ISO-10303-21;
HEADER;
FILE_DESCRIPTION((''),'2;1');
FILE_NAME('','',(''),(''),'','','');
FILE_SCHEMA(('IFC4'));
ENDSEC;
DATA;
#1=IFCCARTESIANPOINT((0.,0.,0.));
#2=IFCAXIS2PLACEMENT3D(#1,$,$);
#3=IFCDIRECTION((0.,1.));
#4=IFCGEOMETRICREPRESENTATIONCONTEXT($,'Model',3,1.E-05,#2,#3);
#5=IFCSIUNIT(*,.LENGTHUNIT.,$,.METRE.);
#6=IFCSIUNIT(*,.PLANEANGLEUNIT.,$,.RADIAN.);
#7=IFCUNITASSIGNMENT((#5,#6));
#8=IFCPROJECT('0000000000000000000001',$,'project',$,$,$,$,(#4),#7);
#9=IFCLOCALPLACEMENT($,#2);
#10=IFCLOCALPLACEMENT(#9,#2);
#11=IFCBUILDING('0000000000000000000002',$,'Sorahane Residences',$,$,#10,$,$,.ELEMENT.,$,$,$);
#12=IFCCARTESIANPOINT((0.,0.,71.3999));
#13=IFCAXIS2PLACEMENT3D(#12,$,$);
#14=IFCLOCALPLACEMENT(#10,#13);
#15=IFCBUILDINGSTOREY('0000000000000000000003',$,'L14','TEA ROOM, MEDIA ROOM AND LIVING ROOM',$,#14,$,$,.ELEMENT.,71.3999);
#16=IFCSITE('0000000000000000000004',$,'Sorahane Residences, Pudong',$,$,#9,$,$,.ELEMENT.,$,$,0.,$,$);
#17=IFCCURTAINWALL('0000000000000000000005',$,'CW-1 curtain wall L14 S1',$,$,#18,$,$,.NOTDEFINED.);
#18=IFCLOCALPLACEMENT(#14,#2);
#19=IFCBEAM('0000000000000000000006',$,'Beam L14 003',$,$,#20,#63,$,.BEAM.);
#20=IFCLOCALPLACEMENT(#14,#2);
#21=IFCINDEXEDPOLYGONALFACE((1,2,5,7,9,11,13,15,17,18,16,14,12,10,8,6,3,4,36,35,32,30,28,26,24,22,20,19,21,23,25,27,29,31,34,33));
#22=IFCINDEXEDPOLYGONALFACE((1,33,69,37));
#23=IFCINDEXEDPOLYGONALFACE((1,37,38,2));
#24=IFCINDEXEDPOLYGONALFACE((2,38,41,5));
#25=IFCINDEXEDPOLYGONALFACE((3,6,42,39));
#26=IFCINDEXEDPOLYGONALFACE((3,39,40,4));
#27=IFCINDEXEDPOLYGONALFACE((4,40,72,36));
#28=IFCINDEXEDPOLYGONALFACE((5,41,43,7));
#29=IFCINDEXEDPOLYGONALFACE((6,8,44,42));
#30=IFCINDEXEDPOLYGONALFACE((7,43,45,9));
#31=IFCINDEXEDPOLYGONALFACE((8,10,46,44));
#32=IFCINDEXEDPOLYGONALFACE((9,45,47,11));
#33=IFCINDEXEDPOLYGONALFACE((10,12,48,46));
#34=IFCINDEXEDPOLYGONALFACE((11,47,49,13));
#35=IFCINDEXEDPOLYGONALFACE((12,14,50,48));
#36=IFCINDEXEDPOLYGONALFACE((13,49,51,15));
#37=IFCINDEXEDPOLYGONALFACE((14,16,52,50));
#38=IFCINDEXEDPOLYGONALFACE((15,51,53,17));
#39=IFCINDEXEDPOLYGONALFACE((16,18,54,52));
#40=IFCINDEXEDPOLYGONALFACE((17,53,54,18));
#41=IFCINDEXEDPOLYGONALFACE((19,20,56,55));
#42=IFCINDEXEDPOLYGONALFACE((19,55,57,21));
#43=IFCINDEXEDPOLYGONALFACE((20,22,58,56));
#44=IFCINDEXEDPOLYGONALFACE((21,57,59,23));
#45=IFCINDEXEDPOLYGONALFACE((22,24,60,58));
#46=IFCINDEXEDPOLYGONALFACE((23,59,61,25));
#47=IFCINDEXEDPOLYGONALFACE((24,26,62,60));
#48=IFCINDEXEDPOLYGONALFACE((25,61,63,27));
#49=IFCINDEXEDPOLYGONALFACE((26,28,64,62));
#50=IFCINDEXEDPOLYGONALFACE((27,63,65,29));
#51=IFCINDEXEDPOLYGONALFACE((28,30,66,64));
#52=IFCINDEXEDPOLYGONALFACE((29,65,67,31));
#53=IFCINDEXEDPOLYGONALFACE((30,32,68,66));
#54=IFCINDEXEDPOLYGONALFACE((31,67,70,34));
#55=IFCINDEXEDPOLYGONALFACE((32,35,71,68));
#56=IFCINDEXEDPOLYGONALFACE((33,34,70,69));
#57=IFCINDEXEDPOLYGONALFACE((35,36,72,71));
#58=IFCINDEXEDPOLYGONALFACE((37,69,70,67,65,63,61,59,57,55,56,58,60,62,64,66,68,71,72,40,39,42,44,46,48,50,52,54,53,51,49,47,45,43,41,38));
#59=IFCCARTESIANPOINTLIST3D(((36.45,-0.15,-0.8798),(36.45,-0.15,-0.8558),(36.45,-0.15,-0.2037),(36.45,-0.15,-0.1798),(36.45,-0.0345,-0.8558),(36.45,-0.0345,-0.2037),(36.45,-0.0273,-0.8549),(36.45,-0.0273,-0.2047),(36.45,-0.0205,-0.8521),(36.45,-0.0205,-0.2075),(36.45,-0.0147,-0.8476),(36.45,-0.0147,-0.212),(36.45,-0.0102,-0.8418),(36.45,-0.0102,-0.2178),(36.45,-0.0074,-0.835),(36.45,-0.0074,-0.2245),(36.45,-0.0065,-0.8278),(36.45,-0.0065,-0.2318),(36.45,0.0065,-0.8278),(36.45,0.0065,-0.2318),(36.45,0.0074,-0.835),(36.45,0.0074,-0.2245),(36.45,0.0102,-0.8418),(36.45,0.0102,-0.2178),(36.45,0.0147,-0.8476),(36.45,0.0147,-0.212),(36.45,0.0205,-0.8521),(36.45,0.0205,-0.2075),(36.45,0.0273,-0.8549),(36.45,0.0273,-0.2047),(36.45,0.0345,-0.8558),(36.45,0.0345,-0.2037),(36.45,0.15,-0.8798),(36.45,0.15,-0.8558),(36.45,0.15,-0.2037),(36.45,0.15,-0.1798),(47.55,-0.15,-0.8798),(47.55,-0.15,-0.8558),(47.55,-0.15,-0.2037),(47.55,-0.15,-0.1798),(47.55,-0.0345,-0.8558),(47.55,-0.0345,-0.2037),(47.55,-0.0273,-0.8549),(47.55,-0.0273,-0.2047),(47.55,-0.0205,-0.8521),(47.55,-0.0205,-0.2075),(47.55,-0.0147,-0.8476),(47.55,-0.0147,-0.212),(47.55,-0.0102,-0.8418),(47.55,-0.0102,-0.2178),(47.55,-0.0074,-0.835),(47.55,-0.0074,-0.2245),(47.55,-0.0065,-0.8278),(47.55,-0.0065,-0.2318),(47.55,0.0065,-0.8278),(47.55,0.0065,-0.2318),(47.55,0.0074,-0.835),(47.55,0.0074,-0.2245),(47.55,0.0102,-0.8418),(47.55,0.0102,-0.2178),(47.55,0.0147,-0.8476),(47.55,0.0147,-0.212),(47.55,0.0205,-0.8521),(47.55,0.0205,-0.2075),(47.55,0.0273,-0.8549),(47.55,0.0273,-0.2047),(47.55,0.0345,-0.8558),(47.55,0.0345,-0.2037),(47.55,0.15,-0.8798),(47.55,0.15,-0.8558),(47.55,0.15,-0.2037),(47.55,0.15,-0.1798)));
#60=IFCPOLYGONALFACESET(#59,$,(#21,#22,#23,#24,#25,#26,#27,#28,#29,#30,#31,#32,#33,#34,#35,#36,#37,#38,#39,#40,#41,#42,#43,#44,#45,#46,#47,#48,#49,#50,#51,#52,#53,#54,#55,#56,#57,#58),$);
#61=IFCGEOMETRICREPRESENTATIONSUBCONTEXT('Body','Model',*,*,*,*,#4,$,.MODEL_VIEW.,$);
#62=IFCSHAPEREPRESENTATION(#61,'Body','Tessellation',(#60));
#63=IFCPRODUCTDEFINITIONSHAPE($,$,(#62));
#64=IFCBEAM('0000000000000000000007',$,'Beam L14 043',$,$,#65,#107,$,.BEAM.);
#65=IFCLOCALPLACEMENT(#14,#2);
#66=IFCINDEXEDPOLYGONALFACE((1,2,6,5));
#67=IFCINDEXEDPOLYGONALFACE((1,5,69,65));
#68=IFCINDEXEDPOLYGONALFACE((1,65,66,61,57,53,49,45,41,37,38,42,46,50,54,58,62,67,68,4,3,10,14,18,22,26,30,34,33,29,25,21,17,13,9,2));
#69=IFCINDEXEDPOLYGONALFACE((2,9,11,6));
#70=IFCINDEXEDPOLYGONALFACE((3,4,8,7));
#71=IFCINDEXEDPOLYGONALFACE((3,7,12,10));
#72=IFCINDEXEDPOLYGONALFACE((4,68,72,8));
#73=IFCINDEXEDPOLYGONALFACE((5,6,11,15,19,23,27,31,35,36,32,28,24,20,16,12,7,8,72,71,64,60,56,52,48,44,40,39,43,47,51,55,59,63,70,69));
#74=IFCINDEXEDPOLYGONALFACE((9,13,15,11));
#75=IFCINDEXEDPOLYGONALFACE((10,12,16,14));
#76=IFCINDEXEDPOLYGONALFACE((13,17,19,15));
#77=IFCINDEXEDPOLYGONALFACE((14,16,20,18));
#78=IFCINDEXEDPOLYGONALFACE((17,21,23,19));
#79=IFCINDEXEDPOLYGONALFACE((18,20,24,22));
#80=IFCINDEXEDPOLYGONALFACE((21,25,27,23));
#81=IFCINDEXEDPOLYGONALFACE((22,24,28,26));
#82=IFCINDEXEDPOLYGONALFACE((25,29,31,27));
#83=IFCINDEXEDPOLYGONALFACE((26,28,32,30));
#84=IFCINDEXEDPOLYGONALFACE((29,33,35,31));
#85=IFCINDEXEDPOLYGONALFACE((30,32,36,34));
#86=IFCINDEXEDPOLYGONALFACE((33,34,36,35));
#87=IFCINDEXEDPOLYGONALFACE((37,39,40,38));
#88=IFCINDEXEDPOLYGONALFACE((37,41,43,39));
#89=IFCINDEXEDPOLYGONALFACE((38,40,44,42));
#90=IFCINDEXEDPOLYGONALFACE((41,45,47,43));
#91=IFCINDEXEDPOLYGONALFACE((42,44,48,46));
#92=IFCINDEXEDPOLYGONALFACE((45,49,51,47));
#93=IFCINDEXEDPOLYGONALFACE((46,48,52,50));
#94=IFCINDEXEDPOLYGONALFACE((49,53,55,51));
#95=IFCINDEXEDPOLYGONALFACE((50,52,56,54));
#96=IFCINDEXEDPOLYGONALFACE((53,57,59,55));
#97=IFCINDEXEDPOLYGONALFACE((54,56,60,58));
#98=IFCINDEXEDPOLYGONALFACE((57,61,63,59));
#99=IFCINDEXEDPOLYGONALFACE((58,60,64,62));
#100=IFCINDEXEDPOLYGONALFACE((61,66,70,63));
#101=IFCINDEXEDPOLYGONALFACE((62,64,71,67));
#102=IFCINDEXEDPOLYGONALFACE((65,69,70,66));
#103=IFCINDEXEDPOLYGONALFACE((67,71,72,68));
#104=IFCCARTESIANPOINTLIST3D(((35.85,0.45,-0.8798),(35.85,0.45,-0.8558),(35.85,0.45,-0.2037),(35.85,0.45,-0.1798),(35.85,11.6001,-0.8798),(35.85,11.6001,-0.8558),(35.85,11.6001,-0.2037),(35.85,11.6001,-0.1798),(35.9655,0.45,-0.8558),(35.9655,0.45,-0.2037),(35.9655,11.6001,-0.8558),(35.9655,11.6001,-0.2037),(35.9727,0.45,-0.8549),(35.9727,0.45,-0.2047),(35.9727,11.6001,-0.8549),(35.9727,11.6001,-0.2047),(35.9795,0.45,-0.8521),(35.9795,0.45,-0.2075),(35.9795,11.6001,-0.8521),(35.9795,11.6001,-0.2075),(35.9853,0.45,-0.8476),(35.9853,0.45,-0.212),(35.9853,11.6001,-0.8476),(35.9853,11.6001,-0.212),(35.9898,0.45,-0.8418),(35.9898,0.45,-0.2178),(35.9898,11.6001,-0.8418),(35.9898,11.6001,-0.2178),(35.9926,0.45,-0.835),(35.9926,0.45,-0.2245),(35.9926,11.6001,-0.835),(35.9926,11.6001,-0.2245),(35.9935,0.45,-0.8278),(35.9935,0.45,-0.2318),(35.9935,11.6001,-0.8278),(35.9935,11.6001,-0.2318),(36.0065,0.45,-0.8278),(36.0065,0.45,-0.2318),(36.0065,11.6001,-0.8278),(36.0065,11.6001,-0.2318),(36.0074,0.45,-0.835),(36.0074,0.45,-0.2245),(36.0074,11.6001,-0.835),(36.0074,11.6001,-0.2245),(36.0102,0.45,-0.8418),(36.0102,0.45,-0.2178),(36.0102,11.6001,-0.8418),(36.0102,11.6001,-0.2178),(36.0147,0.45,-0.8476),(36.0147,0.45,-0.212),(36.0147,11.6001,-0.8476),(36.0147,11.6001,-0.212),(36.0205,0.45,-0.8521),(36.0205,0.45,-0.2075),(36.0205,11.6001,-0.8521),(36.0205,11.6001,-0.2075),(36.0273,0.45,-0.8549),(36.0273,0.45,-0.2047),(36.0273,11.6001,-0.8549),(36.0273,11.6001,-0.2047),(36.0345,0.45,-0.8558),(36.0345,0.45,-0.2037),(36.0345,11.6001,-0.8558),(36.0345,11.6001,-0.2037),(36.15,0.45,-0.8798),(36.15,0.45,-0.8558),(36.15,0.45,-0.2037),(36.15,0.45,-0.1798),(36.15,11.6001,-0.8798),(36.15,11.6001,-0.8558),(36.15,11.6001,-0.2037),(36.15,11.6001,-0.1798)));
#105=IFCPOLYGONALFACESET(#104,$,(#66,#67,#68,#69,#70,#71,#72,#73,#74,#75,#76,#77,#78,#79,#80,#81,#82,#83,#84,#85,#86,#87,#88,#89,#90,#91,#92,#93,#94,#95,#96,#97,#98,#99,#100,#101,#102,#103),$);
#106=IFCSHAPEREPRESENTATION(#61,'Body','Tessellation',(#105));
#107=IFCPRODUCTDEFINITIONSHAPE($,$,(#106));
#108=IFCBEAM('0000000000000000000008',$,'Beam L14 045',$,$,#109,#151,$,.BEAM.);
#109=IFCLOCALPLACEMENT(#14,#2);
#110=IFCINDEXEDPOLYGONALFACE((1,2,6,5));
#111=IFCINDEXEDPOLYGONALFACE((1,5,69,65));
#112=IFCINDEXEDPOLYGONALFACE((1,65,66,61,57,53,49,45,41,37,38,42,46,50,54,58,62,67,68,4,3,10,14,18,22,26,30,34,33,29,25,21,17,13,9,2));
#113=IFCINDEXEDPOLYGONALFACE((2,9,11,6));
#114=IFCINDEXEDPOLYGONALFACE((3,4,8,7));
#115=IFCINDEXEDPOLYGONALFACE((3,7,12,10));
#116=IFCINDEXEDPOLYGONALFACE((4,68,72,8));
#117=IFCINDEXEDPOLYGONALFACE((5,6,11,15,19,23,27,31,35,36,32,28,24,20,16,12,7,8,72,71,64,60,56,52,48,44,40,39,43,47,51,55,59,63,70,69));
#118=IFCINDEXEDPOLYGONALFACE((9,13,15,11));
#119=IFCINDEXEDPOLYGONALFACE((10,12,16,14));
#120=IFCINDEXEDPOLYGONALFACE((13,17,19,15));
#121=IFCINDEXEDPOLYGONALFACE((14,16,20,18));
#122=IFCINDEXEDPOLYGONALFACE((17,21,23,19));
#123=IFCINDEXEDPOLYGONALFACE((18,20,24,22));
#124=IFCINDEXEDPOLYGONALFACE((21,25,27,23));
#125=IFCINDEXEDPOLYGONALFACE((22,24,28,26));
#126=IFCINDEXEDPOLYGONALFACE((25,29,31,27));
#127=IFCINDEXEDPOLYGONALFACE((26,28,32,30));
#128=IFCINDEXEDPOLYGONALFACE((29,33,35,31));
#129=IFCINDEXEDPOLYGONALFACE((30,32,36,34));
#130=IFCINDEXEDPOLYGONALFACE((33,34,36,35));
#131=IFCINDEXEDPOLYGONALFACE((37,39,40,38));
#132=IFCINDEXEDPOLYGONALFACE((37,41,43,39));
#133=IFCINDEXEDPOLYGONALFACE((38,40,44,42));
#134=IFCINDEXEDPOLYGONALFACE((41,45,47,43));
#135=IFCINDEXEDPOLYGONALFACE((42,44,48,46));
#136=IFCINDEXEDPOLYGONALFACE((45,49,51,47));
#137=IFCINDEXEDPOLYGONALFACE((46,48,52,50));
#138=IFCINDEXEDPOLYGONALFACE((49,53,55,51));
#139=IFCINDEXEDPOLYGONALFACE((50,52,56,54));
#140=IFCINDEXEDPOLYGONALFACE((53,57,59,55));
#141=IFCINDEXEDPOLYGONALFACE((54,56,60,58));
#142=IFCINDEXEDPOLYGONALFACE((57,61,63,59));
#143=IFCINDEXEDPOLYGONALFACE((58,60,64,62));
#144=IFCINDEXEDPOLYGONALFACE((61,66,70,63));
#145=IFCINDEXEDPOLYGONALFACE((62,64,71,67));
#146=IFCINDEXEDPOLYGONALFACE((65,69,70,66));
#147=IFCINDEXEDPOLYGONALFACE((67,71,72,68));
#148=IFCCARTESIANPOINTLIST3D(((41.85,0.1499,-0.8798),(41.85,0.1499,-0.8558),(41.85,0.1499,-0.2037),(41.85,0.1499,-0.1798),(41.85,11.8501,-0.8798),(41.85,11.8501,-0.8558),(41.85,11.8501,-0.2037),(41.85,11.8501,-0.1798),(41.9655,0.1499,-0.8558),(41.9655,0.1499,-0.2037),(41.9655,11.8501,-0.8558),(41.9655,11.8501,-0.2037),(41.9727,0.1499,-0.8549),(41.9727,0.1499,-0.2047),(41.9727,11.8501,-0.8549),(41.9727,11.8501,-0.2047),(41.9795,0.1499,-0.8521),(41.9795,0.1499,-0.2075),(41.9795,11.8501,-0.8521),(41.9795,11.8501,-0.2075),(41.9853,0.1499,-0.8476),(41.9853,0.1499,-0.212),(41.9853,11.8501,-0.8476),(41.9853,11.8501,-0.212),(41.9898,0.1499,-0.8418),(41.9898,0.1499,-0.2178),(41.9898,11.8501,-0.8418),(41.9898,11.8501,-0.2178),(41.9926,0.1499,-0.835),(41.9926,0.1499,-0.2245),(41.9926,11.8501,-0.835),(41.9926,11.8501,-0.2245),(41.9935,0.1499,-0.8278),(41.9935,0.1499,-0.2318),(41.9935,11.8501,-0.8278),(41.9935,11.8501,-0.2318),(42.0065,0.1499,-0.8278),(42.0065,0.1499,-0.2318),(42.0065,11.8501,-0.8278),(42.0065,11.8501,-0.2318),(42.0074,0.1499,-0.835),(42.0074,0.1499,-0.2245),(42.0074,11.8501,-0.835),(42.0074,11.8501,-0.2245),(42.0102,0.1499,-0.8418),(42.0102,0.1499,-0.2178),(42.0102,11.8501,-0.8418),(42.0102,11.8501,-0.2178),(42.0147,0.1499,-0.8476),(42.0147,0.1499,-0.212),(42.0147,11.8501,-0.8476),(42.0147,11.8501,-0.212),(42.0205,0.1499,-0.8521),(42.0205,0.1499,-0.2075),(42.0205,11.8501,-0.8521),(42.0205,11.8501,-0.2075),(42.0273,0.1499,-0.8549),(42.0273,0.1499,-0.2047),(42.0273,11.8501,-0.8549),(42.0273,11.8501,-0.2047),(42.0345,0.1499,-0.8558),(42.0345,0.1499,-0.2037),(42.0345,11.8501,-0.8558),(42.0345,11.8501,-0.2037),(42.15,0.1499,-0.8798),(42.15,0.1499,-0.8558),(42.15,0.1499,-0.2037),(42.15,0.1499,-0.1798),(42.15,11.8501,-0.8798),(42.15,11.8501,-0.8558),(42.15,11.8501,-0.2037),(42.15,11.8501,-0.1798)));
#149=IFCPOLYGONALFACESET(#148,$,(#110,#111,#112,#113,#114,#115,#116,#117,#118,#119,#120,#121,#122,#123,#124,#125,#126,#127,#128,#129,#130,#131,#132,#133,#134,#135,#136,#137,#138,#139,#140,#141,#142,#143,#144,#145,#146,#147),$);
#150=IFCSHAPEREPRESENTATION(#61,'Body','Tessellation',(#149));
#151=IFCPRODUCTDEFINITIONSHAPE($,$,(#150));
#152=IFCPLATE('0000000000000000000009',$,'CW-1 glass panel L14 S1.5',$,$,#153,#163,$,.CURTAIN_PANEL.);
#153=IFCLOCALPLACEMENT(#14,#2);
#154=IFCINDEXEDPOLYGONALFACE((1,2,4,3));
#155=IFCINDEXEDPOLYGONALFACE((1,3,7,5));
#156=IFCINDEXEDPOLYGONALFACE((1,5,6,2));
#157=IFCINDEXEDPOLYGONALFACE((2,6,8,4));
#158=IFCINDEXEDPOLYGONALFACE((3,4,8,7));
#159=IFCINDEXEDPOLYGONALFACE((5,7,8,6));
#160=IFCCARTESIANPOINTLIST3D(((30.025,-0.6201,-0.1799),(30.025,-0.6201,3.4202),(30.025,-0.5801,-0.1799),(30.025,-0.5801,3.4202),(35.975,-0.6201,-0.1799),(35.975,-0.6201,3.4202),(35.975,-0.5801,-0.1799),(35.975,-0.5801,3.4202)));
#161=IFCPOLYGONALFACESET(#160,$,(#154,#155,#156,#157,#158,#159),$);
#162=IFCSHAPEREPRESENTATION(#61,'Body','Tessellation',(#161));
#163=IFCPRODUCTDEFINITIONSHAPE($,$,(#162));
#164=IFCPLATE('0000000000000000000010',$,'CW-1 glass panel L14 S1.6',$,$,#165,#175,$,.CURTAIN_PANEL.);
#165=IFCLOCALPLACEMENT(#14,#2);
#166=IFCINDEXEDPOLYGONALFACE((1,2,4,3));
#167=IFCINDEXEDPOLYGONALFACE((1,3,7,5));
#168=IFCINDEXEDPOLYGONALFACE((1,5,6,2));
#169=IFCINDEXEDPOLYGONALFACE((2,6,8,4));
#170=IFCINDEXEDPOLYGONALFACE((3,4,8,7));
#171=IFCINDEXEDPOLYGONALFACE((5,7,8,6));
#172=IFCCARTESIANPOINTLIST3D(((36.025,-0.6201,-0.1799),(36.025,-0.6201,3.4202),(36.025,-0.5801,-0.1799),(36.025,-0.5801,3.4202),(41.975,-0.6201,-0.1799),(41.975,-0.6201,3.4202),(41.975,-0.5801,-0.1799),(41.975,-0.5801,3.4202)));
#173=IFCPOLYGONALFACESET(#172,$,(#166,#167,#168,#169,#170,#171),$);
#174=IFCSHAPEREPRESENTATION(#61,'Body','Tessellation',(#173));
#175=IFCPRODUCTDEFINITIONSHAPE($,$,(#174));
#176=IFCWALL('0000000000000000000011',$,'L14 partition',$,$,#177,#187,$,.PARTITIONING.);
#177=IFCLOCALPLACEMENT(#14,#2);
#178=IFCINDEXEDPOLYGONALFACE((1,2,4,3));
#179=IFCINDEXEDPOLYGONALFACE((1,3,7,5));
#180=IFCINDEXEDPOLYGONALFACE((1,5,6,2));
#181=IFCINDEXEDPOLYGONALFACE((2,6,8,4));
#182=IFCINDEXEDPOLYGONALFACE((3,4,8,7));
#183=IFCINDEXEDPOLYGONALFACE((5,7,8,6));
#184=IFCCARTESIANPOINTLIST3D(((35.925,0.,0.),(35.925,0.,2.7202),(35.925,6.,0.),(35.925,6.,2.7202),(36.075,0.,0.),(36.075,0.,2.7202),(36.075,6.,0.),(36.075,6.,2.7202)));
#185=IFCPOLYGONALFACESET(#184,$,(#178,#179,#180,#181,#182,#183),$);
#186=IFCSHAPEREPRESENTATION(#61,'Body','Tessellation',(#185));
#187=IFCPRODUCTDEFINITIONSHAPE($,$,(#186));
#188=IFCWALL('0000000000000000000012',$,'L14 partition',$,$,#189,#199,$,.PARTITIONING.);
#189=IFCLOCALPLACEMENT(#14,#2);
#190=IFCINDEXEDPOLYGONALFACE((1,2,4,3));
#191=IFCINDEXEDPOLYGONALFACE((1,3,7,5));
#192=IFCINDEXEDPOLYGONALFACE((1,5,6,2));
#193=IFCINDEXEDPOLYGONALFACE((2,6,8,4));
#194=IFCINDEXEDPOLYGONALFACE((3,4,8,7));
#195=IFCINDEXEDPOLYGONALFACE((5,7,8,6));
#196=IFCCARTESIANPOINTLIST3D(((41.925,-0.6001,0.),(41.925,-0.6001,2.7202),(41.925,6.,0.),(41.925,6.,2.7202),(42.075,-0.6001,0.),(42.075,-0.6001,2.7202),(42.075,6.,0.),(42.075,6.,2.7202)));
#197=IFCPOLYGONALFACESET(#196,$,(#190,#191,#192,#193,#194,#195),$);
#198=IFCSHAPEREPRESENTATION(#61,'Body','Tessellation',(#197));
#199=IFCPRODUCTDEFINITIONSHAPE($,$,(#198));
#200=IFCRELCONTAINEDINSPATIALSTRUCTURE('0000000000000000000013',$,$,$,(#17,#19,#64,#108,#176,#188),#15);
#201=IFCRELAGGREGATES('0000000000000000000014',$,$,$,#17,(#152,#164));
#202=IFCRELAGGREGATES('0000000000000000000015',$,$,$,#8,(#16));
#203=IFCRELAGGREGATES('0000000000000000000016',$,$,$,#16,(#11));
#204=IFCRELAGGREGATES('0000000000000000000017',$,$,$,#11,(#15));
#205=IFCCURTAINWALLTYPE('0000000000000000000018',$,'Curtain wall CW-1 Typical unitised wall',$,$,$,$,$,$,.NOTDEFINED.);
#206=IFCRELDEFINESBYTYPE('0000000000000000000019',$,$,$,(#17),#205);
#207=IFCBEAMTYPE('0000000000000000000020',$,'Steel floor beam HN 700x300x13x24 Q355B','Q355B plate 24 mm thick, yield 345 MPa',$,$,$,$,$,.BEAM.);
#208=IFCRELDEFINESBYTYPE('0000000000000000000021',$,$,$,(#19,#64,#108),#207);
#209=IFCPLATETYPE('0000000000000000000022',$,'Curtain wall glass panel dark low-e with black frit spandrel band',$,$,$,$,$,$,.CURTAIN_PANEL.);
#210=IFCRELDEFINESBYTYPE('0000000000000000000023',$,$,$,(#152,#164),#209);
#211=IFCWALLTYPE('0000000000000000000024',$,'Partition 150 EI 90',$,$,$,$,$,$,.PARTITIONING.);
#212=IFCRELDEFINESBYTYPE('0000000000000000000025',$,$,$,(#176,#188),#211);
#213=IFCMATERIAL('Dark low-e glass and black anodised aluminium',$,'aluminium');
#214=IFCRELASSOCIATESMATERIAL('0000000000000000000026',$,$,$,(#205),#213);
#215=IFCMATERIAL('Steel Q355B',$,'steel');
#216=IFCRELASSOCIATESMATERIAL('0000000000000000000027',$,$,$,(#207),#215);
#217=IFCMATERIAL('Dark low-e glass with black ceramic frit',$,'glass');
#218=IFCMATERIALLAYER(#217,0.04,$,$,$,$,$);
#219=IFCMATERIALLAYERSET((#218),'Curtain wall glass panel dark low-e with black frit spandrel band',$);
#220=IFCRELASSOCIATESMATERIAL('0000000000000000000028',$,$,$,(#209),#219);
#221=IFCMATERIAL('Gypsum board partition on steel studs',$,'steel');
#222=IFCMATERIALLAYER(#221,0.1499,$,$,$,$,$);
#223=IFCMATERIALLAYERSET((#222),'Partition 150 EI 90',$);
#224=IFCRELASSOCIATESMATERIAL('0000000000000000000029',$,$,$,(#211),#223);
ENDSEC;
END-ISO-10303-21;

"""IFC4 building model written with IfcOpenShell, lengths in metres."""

from ifc_helpers import new_model, si_unit, direction, frame, frame_2d, origin, origin_2d, place, context, subcontext, project, spatial, rectangle, i_section, extrude, material, layer, layer_set, material_profile, profile_set, type_object, element, aggregate, save


model = new_model("IFC4")

# Units and contexts
model_context = context("Model", 3, precision=1e-05, world=origin(), true_north=direction((0.0, 1.0)))
body_context = subcontext(model_context, "Body", "Model", "MODEL_VIEW")
ifc_project = project(units=[si_unit("LENGTHUNIT", "METRE"), si_unit("PLANEANGLEUNIT", "RADIAN")], contexts=[model_context])

# Site, building, storey
site_placement = place(None, origin())
site = spatial("IfcSite", under=ifc_project, at=site_placement, Name="Sorahane Residences, Pudong", CompositionType="ELEMENT", RefElevation=0.0)
building_placement = place(site_placement, origin())
building = spatial("IfcBuilding", under=site, at=building_placement, Name="Sorahane Residences", CompositionType="ELEMENT")
storey_placement = place(building_placement, frame((0.0, 0.0, 71.3999)))
storey = spatial("IfcBuildingStorey", under=building, at=storey_placement, Name="L14", Description="TEA ROOM, MEDIA ROOM AND LIVING ROOM", CompositionType="ELEMENT", Elevation=71.3999)

# Curtain wall
ifc_material_1 = material(Name="Dark low-e glass and black anodised aluminium", Category="aluminium")
curtain_wall_type = type_object("IfcCurtainWallType", Name="Curtain wall CW-1 Typical unitised wall", PredefinedType="NOTDEFINED", material=ifc_material_1)
curtain_wall_placement = place(storey_placement, origin())
curtain_wall = element("IfcCurtainWall", 1, at=curtain_wall_placement, inside=storey, type_object=curtain_wall_type, Name="CW-1 curtain wall L14 S1", PredefinedType="NOTDEFINED")

# Beams
ifc_material_2 = material(Name="Steel Q355B", Category="steel")
ifc_material_profile_1 = material_profile(ifc_material_2, i_section(OverallWidth=0.3, OverallDepth=0.7, WebThickness=0.0129, FlangeThickness=0.0239, FilletRadius=0.0281, at=origin_2d()), Name="HN 700x300x13x24")
ifc_profile_set_1 = profile_set([ifc_material_profile_1], Name="Steel Q355B")
beam_type_1 = type_object("IfcBeamType", Name="Steel floor beam HN 700x300x13x24 Q355B", Description="Q355B plate 24 mm thick, yield 345 MPa", PredefinedType="BEAM", material=ifc_profile_set_1)
beam_1_placement = place(storey_placement, frame((36.45, 0.0, -0.5298), z_axis=(1.0, 0.0, 0.0), x_axis=(0.0, 1.0, 0.0)))
element("IfcBeam", 2, at=beam_1_placement, inside=storey, type_object=beam_type_1, Name="Beam L14 003", PredefinedType="BEAM", context=body_context, shape_type="SweptSolid", body=[
    extrude(i_section(OverallWidth=0.3, OverallDepth=0.7, WebThickness=0.0129, FlangeThickness=0.0239, FilletRadius=0.0281, at=origin_2d()), origin(), (0.0, 0.0, 1.0), 11.1001),
])
beam_2_placement = place(storey_placement, frame((36.0, 0.45, -0.5298), z_axis=(0.0, 1.0, 0.0), x_axis=(-1.0, 0.0, 0.0)))
element("IfcBeam", 3, at=beam_2_placement, inside=storey, type_object=beam_type_1, Name="Beam L14 043", PredefinedType="BEAM", context=body_context, shape_type="SweptSolid", body=[
    extrude(i_section(OverallWidth=0.3, OverallDepth=0.7, WebThickness=0.0129, FlangeThickness=0.0239, FilletRadius=0.0281, at=origin_2d()), origin(), (0.0, 0.0, 1.0), 11.1501),
])
beam_3_placement = place(storey_placement, frame((42.0, 0.1499, -0.5298), z_axis=(0.0, 1.0, 0.0), x_axis=(-1.0, 0.0, 0.0)))
element("IfcBeam", 4, at=beam_3_placement, inside=storey, type_object=beam_type_1, Name="Beam L14 045", PredefinedType="BEAM", context=body_context, shape_type="SweptSolid", body=[
    extrude(i_section(OverallWidth=0.3, OverallDepth=0.7, WebThickness=0.0129, FlangeThickness=0.0239, FilletRadius=0.0281, at=origin_2d()), origin(), (0.0, 0.0, 1.0), 11.7002),
])

# Plates
ifc_material_3 = material(Name="Dark low-e glass with black ceramic frit", Category="glass")
ifc_layer_1 = layer(ifc_material_3, 0.04)
ifc_layer_set_1 = layer_set([ifc_layer_1], Name="Curtain wall glass panel dark low-e with black frit spandrel band")
plate_type = type_object("IfcPlateType", Name="Curtain wall glass panel dark low-e with black frit spandrel band", PredefinedType="CURTAIN_PANEL", material=ifc_layer_set_1)
plate_1_placement = place(storey_placement, frame((33.0, -0.6001, -0.1799), z_axis=(0.0, 0.0, 1.0), x_axis=(1.0, 0.0, 0.0)))
plate_1 = element("IfcPlate", 5, at=plate_1_placement, type_object=plate_type, Name="CW-1 glass panel L14 S1.5", PredefinedType="CURTAIN_PANEL", context=body_context, shape_type="SweptSolid", body=[
    extrude(rectangle(XDim=5.95, YDim=0.04, at=origin_2d()), origin(), (0.0, 0.0, 1.0), 3.6001),
])
plate_2_placement = place(storey_placement, frame((39.0, -0.6001, -0.1799), z_axis=(0.0, 0.0, 1.0), x_axis=(1.0, 0.0, 0.0)))
plate_2 = element("IfcPlate", 6, at=plate_2_placement, type_object=plate_type, Name="CW-1 glass panel L14 S1.6", PredefinedType="CURTAIN_PANEL", context=body_context, shape_type="SweptSolid", body=[
    extrude(rectangle(XDim=5.95, YDim=0.04, at=origin_2d()), origin(), (0.0, 0.0, 1.0), 3.6001),
])
aggregate(curtain_wall, [plate_1, plate_2])

# Walls
ifc_material_4 = material(Name="Gypsum board partition on steel studs", Category="steel")
ifc_layer_2 = layer(ifc_material_4, 0.1499)
ifc_layer_set_2 = layer_set([ifc_layer_2], Name="Partition 150 EI 90")
wall_type_1 = type_object("IfcWallType", Name="Partition 150 EI 90", PredefinedType="PARTITIONING", material=ifc_layer_set_2)
wall_1_placement = place(storey_placement, frame((36.0, 0.0, 0.0), z_axis=(0.0, 0.0, 1.0), x_axis=(0.0, 1.0, 0.0)))
element("IfcWall", 7, at=wall_1_placement, inside=storey, type_object=wall_type_1, Name="L14 partition", PredefinedType="PARTITIONING", context=body_context, shape_type="SweptSolid", body=[
    extrude(rectangle(XDim=6.0, YDim=0.1499, at=frame_2d((3.0, 0.0))), origin(), (0.0, 0.0, 1.0), 2.7202),
])
wall_2_placement = place(storey_placement, frame((42.0, -0.6001, 0.0), z_axis=(0.0, 0.0, 1.0), x_axis=(0.0, 1.0, 0.0)))
element("IfcWall", 8, at=wall_2_placement, inside=storey, type_object=wall_type_1, Name="L14 partition", PredefinedType="PARTITIONING", context=body_context, shape_type="SweptSolid", body=[
    extrude(rectangle(XDim=6.6001, YDim=0.1499, at=frame_2d((3.3, 0.0))), origin(), (0.0, 0.0, 1.0), 2.7202),
])

save(model, "model.ifc")
